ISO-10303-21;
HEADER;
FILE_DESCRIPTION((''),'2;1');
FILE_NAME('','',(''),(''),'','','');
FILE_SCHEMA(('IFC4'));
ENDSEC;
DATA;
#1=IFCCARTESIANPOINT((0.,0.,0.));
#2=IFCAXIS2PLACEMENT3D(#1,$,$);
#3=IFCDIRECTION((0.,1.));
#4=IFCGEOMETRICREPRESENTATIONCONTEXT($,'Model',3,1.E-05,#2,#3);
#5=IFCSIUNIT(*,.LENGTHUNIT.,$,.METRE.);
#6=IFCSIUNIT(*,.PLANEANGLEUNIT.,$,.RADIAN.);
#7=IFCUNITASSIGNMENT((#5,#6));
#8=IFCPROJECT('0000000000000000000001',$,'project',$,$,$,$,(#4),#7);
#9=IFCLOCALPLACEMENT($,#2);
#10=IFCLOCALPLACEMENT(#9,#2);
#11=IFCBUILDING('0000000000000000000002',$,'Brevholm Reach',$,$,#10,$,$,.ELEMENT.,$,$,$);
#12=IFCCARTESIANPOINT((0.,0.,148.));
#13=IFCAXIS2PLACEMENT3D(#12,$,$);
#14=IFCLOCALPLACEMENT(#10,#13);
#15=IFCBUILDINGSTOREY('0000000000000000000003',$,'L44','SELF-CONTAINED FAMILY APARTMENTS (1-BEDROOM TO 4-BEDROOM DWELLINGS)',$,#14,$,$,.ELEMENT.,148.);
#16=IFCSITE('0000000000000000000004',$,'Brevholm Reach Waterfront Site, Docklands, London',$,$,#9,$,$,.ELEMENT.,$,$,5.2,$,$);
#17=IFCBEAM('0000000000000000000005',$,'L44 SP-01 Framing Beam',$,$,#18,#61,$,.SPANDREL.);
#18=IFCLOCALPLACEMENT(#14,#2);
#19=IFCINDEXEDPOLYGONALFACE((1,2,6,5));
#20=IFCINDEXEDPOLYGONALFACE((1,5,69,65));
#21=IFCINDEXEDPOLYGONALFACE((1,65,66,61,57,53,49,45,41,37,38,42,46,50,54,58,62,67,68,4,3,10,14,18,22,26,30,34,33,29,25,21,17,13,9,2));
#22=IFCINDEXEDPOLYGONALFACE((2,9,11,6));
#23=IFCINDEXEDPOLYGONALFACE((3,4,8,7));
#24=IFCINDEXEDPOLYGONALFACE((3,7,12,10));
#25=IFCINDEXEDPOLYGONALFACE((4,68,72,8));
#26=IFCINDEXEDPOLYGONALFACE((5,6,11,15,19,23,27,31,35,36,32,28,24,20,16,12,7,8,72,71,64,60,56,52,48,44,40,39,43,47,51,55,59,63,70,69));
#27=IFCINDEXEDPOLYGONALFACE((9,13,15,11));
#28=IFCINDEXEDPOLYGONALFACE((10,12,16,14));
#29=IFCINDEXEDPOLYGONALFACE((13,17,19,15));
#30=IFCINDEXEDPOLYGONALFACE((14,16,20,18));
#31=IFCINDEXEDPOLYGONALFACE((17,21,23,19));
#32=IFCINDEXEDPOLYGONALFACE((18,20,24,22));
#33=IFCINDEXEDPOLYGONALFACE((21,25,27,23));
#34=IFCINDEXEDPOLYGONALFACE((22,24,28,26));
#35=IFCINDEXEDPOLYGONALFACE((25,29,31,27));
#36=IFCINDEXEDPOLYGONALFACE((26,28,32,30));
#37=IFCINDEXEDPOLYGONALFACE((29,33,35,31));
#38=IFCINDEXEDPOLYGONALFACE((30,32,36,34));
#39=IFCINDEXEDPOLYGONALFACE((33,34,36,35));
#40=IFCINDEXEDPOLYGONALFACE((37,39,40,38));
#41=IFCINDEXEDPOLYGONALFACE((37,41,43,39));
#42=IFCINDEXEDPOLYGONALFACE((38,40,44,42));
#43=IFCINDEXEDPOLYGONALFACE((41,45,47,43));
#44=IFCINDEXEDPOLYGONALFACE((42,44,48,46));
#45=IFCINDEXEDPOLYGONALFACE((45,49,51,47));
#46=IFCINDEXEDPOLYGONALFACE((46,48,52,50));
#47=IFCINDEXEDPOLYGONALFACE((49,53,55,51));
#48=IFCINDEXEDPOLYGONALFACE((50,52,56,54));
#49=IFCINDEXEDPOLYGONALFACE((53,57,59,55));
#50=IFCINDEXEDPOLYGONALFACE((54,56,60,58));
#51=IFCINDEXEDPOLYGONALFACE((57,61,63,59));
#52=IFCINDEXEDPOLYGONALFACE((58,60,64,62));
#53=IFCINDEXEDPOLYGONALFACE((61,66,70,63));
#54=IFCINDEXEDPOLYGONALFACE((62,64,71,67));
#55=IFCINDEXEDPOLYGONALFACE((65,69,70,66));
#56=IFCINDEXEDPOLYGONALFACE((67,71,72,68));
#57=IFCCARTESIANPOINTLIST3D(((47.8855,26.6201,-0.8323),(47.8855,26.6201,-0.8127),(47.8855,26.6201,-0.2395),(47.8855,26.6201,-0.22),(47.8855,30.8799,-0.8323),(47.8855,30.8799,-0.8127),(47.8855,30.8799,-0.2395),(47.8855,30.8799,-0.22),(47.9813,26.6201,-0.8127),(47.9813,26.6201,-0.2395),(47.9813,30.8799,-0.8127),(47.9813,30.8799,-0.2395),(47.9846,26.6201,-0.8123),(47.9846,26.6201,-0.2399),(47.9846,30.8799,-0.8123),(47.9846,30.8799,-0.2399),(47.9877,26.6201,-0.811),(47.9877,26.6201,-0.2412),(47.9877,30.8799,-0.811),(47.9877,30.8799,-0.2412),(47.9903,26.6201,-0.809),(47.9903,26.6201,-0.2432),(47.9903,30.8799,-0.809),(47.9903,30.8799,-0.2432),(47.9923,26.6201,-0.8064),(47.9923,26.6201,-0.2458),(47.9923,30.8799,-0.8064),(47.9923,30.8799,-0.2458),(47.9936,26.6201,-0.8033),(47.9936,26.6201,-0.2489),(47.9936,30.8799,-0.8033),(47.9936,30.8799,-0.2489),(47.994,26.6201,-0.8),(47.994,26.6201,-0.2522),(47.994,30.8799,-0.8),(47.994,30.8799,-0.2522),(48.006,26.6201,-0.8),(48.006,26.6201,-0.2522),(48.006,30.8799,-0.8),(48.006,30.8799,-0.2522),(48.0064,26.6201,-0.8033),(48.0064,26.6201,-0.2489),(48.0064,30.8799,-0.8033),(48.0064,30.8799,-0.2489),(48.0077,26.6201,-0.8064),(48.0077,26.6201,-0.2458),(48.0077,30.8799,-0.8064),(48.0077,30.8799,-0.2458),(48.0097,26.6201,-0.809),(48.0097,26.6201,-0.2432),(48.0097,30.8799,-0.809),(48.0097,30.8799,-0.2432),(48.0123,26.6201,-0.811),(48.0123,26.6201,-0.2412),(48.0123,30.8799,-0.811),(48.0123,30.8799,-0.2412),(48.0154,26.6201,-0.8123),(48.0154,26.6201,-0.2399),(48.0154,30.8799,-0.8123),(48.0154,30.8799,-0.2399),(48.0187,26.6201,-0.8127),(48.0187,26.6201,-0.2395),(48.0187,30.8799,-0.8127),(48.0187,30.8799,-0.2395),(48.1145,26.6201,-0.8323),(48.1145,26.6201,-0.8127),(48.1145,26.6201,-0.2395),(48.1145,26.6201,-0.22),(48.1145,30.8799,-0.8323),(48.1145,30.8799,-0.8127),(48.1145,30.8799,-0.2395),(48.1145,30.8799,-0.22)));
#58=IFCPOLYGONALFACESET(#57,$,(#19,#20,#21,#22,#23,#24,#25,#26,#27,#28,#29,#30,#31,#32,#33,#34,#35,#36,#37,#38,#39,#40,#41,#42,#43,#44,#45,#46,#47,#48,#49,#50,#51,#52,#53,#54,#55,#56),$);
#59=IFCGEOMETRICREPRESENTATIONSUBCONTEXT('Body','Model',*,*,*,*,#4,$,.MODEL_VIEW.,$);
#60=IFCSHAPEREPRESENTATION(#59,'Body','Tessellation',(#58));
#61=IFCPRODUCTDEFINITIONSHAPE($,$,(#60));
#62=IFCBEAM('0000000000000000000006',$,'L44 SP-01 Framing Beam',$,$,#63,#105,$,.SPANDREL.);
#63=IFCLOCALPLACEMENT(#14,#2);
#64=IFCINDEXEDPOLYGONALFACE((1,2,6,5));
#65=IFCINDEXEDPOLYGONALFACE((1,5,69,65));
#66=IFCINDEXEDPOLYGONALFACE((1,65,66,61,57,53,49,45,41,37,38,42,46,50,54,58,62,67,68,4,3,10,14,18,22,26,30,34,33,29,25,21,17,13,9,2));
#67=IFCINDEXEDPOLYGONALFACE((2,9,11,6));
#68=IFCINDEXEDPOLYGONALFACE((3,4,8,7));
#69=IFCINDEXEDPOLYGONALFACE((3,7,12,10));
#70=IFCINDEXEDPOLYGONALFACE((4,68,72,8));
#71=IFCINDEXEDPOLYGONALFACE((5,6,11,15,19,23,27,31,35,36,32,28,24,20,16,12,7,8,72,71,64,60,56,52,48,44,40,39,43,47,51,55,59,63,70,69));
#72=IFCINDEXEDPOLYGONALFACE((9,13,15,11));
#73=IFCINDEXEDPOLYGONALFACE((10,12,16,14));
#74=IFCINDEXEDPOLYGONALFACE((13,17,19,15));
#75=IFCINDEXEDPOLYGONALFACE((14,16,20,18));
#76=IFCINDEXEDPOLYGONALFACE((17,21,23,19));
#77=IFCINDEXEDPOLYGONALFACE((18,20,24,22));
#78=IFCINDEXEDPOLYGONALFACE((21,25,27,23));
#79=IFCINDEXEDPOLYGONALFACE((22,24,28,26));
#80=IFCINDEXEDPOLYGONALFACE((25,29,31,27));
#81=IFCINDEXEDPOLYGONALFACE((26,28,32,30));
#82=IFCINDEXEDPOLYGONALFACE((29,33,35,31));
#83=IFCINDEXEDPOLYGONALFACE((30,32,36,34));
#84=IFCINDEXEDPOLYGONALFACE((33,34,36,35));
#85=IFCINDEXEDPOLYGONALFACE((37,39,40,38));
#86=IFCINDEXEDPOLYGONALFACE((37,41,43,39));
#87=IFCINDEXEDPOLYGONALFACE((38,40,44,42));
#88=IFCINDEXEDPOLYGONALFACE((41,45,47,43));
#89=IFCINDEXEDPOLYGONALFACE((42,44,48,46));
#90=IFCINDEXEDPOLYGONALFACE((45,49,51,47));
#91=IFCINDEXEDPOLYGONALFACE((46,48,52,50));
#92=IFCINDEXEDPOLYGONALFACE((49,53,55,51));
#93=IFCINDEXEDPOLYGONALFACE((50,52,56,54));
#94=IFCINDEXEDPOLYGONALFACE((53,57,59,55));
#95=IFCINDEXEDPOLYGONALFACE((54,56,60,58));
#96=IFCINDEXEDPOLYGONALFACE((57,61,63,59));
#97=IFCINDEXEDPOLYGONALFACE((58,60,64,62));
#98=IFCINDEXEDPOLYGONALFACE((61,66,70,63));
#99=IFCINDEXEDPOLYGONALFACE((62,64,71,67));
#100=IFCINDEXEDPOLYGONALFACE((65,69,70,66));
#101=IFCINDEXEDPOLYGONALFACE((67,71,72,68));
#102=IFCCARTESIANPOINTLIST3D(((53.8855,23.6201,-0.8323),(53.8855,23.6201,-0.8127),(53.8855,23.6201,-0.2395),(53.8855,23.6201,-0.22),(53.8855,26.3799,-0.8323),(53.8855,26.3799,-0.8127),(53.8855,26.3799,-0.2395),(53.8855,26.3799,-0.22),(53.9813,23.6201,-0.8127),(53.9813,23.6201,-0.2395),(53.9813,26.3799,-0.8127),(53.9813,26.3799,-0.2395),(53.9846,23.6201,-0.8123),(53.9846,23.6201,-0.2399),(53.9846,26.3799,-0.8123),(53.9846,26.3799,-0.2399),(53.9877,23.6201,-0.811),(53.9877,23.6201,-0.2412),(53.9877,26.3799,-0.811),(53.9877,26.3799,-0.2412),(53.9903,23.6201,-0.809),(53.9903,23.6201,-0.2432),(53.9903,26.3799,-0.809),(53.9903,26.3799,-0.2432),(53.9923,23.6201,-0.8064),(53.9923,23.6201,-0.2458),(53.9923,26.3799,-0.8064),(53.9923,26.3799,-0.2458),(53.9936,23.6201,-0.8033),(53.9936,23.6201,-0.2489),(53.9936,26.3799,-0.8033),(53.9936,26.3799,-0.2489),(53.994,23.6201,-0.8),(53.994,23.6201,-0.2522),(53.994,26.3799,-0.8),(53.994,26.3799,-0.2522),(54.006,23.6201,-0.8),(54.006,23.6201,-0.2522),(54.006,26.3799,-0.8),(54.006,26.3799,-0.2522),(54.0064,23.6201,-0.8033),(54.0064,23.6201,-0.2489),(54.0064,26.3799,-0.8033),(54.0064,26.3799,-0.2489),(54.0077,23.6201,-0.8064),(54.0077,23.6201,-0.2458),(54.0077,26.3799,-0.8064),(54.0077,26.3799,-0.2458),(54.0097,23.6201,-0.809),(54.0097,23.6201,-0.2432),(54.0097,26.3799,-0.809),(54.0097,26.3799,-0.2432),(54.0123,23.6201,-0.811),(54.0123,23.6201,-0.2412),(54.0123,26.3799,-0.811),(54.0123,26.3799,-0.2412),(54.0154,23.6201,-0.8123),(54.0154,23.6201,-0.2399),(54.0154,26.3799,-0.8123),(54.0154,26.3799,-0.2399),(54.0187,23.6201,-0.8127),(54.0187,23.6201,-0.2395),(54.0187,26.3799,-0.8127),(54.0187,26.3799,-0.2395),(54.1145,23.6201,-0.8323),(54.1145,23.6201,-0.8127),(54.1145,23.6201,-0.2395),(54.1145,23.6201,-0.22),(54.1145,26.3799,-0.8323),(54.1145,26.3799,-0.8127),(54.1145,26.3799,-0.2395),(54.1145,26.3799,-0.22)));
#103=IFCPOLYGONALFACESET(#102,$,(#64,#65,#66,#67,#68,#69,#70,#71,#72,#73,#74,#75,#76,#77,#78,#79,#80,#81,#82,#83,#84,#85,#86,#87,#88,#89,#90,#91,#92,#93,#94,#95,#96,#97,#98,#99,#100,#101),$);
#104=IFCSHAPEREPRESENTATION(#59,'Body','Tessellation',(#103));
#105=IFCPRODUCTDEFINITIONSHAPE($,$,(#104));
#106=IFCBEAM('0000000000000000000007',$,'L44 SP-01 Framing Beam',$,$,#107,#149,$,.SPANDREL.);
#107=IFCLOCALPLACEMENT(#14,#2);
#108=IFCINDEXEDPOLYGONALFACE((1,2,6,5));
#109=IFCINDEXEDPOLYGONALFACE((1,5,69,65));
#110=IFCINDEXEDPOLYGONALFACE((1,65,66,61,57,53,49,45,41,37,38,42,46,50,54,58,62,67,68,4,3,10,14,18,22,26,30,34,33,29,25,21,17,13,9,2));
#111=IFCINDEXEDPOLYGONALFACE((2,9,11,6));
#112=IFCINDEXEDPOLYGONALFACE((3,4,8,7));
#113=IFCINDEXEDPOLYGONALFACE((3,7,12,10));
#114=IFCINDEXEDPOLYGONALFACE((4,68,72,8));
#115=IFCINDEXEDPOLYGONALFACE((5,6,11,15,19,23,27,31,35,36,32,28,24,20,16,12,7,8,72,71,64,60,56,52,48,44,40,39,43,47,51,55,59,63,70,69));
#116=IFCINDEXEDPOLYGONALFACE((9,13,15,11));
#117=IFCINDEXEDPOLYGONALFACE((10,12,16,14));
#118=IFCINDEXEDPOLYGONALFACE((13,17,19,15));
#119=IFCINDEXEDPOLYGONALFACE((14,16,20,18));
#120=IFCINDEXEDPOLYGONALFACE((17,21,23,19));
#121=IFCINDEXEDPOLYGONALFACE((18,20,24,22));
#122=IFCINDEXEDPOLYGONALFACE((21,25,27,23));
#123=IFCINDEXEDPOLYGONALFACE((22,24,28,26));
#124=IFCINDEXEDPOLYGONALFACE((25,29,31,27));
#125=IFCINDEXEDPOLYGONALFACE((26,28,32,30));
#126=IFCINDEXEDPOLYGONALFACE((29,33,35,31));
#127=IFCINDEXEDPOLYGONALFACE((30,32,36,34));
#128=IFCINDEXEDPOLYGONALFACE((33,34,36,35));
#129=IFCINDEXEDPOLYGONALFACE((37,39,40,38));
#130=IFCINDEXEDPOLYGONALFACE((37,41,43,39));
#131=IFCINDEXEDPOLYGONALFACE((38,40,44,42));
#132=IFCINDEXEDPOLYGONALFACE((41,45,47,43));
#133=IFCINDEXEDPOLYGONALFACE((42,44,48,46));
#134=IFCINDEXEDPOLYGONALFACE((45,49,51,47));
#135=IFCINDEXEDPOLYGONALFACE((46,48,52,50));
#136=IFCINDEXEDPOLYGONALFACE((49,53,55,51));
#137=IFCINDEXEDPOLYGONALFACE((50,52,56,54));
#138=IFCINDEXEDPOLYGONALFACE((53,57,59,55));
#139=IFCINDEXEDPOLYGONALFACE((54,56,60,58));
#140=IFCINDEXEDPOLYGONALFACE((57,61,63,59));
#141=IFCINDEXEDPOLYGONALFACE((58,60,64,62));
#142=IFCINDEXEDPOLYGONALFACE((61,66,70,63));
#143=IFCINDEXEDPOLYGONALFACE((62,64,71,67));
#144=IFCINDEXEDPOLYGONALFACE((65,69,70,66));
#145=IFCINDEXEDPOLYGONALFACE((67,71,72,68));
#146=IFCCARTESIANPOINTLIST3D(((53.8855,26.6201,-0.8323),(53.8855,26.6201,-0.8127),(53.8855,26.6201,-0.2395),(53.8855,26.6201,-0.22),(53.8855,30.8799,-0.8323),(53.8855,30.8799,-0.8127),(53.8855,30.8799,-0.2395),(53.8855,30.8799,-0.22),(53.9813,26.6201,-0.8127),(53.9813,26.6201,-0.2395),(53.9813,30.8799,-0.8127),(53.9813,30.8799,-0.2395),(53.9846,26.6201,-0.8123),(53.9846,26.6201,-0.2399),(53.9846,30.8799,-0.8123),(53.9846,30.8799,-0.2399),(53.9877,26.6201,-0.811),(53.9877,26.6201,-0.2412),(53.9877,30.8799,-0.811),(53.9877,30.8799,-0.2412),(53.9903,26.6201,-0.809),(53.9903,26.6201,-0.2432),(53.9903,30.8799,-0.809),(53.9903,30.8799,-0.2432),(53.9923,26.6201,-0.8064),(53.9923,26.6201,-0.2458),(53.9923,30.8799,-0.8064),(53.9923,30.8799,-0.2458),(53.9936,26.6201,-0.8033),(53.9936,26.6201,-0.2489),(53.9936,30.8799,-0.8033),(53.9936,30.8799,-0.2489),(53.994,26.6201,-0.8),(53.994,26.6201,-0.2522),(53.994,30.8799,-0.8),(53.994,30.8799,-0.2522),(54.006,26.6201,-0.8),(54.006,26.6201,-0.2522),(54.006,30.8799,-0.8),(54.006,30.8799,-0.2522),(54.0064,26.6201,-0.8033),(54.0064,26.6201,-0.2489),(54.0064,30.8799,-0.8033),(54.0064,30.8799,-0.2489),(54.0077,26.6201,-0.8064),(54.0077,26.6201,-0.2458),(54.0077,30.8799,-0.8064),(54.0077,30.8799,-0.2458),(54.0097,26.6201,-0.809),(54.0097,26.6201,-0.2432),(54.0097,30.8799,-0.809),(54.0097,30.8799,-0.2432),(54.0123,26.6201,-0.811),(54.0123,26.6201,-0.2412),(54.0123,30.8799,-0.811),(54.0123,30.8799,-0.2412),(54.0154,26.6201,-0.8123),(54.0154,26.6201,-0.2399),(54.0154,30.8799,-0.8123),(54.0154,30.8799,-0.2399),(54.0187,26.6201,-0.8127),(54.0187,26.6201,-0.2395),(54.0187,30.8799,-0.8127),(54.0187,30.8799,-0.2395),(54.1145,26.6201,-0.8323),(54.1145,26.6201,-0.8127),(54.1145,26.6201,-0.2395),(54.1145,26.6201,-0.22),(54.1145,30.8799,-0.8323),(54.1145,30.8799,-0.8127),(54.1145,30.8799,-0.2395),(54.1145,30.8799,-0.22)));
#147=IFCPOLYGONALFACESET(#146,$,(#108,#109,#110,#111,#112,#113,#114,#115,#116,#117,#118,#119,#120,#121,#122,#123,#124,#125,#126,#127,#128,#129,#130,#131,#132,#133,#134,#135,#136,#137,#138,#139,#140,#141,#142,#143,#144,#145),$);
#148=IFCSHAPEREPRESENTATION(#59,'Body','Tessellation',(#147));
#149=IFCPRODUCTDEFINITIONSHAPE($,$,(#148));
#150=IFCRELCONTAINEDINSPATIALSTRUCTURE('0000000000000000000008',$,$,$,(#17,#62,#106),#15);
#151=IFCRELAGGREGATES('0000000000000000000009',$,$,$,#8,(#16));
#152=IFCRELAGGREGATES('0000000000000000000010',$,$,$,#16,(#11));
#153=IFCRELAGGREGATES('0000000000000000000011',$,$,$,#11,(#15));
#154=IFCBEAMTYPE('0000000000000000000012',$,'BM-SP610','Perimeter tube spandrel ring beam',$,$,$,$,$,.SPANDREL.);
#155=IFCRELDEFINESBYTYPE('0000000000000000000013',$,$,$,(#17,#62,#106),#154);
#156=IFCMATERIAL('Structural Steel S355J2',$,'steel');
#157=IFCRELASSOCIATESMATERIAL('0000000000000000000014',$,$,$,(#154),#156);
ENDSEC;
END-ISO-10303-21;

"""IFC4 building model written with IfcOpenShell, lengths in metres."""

from ifc_helpers import new_model, si_unit, direction, frame, origin, origin_2d, place, context, subcontext, project, spatial, i_section, extrude, material, material_profile, profile_set, type_object, element, save


model = new_model("IFC4")

# Units and contexts
model_context = context("Model", 3, precision=1e-05, world=origin(), true_north=direction((0.0, 1.0)))
body_context = subcontext(model_context, "Body", "Model", "MODEL_VIEW")
ifc_project = project(units=[si_unit("LENGTHUNIT", "METRE"), si_unit("PLANEANGLEUNIT", "RADIAN")], contexts=[model_context])

# Site, building, storey
site_placement = place(None, origin())
site = spatial("IfcSite", under=ifc_project, at=site_placement, Name="Brevholm Reach Waterfront Site, Docklands, London", CompositionType="ELEMENT", RefElevation=5.2)
building_placement = place(site_placement, origin())
building = spatial("IfcBuilding", under=site, at=building_placement, Name="Brevholm Reach", CompositionType="ELEMENT")
storey_placement = place(building_placement, frame((0.0, 0.0, 148.0)))
storey = spatial("IfcBuildingStorey", under=building, at=storey_placement, Name="L44", Description="SELF-CONTAINED FAMILY APARTMENTS (1-BEDROOM TO 4-BEDROOM DWELLINGS)", CompositionType="ELEMENT", Elevation=148.0)

# Beams
ifc_material_1 = material(Name="Structural Steel S355J2", Category="steel")
ifc_material_profile_1 = material_profile(ifc_material_1, i_section(OverallWidth=0.229, OverallDepth=0.6123, WebThickness=0.012, FlangeThickness=0.0195, FilletRadius=0.0127, at=origin_2d()), Name="UKB 610x229x125")
ifc_profile_set_1 = profile_set([ifc_material_profile_1], Name="Structural Steel S355J2")
beam_type_1 = type_object("IfcBeamType", Name="BM-SP610", Description="Perimeter tube spandrel ring beam", PredefinedType="SPANDREL", material=ifc_profile_set_1)
beam_1_placement = place(storey_placement, frame((48.0, 26.6201, -0.5261), z_axis=(0.0, 1.0, 0.0), x_axis=(-1.0, 0.0, 0.0)))
element("IfcBeam", 1, at=beam_1_placement, inside=storey, type_object=beam_type_1, Name="L44 SP-01 Framing Beam", PredefinedType="SPANDREL", context=body_context, shape_type="SweptSolid", body=[
    extrude(i_section(OverallWidth=0.229, OverallDepth=0.6123, WebThickness=0.012, FlangeThickness=0.0195, FilletRadius=0.0127, at=origin_2d()), origin(), (0.0, 0.0, 1.0), 4.2598),
])
beam_2_placement = place(storey_placement, frame((54.0, 23.6201, -0.5261), z_axis=(0.0, 1.0, 0.0), x_axis=(-1.0, 0.0, 0.0)))
element("IfcBeam", 2, at=beam_2_placement, inside=storey, type_object=beam_type_1, Name="L44 SP-01 Framing Beam", PredefinedType="SPANDREL", context=body_context, shape_type="SweptSolid", body=[
    extrude(i_section(OverallWidth=0.229, OverallDepth=0.6123, WebThickness=0.012, FlangeThickness=0.0195, FilletRadius=0.0127, at=origin_2d()), origin(), (0.0, 0.0, 1.0), 2.7598),
])
beam_3_placement = place(storey_placement, frame((54.0, 26.6201, -0.5261), z_axis=(0.0, 1.0, 0.0), x_axis=(-1.0, 0.0, 0.0)))
element("IfcBeam", 3, at=beam_3_placement, inside=storey, type_object=beam_type_1, Name="L44 SP-01 Framing Beam", PredefinedType="SPANDREL", context=body_context, shape_type="SweptSolid", body=[
    extrude(i_section(OverallWidth=0.229, OverallDepth=0.6123, WebThickness=0.012, FlangeThickness=0.0195, FilletRadius=0.0127, at=origin_2d()), origin(), (0.0, 0.0, 1.0), 4.2598),
])

save(model, "model.ifc")
